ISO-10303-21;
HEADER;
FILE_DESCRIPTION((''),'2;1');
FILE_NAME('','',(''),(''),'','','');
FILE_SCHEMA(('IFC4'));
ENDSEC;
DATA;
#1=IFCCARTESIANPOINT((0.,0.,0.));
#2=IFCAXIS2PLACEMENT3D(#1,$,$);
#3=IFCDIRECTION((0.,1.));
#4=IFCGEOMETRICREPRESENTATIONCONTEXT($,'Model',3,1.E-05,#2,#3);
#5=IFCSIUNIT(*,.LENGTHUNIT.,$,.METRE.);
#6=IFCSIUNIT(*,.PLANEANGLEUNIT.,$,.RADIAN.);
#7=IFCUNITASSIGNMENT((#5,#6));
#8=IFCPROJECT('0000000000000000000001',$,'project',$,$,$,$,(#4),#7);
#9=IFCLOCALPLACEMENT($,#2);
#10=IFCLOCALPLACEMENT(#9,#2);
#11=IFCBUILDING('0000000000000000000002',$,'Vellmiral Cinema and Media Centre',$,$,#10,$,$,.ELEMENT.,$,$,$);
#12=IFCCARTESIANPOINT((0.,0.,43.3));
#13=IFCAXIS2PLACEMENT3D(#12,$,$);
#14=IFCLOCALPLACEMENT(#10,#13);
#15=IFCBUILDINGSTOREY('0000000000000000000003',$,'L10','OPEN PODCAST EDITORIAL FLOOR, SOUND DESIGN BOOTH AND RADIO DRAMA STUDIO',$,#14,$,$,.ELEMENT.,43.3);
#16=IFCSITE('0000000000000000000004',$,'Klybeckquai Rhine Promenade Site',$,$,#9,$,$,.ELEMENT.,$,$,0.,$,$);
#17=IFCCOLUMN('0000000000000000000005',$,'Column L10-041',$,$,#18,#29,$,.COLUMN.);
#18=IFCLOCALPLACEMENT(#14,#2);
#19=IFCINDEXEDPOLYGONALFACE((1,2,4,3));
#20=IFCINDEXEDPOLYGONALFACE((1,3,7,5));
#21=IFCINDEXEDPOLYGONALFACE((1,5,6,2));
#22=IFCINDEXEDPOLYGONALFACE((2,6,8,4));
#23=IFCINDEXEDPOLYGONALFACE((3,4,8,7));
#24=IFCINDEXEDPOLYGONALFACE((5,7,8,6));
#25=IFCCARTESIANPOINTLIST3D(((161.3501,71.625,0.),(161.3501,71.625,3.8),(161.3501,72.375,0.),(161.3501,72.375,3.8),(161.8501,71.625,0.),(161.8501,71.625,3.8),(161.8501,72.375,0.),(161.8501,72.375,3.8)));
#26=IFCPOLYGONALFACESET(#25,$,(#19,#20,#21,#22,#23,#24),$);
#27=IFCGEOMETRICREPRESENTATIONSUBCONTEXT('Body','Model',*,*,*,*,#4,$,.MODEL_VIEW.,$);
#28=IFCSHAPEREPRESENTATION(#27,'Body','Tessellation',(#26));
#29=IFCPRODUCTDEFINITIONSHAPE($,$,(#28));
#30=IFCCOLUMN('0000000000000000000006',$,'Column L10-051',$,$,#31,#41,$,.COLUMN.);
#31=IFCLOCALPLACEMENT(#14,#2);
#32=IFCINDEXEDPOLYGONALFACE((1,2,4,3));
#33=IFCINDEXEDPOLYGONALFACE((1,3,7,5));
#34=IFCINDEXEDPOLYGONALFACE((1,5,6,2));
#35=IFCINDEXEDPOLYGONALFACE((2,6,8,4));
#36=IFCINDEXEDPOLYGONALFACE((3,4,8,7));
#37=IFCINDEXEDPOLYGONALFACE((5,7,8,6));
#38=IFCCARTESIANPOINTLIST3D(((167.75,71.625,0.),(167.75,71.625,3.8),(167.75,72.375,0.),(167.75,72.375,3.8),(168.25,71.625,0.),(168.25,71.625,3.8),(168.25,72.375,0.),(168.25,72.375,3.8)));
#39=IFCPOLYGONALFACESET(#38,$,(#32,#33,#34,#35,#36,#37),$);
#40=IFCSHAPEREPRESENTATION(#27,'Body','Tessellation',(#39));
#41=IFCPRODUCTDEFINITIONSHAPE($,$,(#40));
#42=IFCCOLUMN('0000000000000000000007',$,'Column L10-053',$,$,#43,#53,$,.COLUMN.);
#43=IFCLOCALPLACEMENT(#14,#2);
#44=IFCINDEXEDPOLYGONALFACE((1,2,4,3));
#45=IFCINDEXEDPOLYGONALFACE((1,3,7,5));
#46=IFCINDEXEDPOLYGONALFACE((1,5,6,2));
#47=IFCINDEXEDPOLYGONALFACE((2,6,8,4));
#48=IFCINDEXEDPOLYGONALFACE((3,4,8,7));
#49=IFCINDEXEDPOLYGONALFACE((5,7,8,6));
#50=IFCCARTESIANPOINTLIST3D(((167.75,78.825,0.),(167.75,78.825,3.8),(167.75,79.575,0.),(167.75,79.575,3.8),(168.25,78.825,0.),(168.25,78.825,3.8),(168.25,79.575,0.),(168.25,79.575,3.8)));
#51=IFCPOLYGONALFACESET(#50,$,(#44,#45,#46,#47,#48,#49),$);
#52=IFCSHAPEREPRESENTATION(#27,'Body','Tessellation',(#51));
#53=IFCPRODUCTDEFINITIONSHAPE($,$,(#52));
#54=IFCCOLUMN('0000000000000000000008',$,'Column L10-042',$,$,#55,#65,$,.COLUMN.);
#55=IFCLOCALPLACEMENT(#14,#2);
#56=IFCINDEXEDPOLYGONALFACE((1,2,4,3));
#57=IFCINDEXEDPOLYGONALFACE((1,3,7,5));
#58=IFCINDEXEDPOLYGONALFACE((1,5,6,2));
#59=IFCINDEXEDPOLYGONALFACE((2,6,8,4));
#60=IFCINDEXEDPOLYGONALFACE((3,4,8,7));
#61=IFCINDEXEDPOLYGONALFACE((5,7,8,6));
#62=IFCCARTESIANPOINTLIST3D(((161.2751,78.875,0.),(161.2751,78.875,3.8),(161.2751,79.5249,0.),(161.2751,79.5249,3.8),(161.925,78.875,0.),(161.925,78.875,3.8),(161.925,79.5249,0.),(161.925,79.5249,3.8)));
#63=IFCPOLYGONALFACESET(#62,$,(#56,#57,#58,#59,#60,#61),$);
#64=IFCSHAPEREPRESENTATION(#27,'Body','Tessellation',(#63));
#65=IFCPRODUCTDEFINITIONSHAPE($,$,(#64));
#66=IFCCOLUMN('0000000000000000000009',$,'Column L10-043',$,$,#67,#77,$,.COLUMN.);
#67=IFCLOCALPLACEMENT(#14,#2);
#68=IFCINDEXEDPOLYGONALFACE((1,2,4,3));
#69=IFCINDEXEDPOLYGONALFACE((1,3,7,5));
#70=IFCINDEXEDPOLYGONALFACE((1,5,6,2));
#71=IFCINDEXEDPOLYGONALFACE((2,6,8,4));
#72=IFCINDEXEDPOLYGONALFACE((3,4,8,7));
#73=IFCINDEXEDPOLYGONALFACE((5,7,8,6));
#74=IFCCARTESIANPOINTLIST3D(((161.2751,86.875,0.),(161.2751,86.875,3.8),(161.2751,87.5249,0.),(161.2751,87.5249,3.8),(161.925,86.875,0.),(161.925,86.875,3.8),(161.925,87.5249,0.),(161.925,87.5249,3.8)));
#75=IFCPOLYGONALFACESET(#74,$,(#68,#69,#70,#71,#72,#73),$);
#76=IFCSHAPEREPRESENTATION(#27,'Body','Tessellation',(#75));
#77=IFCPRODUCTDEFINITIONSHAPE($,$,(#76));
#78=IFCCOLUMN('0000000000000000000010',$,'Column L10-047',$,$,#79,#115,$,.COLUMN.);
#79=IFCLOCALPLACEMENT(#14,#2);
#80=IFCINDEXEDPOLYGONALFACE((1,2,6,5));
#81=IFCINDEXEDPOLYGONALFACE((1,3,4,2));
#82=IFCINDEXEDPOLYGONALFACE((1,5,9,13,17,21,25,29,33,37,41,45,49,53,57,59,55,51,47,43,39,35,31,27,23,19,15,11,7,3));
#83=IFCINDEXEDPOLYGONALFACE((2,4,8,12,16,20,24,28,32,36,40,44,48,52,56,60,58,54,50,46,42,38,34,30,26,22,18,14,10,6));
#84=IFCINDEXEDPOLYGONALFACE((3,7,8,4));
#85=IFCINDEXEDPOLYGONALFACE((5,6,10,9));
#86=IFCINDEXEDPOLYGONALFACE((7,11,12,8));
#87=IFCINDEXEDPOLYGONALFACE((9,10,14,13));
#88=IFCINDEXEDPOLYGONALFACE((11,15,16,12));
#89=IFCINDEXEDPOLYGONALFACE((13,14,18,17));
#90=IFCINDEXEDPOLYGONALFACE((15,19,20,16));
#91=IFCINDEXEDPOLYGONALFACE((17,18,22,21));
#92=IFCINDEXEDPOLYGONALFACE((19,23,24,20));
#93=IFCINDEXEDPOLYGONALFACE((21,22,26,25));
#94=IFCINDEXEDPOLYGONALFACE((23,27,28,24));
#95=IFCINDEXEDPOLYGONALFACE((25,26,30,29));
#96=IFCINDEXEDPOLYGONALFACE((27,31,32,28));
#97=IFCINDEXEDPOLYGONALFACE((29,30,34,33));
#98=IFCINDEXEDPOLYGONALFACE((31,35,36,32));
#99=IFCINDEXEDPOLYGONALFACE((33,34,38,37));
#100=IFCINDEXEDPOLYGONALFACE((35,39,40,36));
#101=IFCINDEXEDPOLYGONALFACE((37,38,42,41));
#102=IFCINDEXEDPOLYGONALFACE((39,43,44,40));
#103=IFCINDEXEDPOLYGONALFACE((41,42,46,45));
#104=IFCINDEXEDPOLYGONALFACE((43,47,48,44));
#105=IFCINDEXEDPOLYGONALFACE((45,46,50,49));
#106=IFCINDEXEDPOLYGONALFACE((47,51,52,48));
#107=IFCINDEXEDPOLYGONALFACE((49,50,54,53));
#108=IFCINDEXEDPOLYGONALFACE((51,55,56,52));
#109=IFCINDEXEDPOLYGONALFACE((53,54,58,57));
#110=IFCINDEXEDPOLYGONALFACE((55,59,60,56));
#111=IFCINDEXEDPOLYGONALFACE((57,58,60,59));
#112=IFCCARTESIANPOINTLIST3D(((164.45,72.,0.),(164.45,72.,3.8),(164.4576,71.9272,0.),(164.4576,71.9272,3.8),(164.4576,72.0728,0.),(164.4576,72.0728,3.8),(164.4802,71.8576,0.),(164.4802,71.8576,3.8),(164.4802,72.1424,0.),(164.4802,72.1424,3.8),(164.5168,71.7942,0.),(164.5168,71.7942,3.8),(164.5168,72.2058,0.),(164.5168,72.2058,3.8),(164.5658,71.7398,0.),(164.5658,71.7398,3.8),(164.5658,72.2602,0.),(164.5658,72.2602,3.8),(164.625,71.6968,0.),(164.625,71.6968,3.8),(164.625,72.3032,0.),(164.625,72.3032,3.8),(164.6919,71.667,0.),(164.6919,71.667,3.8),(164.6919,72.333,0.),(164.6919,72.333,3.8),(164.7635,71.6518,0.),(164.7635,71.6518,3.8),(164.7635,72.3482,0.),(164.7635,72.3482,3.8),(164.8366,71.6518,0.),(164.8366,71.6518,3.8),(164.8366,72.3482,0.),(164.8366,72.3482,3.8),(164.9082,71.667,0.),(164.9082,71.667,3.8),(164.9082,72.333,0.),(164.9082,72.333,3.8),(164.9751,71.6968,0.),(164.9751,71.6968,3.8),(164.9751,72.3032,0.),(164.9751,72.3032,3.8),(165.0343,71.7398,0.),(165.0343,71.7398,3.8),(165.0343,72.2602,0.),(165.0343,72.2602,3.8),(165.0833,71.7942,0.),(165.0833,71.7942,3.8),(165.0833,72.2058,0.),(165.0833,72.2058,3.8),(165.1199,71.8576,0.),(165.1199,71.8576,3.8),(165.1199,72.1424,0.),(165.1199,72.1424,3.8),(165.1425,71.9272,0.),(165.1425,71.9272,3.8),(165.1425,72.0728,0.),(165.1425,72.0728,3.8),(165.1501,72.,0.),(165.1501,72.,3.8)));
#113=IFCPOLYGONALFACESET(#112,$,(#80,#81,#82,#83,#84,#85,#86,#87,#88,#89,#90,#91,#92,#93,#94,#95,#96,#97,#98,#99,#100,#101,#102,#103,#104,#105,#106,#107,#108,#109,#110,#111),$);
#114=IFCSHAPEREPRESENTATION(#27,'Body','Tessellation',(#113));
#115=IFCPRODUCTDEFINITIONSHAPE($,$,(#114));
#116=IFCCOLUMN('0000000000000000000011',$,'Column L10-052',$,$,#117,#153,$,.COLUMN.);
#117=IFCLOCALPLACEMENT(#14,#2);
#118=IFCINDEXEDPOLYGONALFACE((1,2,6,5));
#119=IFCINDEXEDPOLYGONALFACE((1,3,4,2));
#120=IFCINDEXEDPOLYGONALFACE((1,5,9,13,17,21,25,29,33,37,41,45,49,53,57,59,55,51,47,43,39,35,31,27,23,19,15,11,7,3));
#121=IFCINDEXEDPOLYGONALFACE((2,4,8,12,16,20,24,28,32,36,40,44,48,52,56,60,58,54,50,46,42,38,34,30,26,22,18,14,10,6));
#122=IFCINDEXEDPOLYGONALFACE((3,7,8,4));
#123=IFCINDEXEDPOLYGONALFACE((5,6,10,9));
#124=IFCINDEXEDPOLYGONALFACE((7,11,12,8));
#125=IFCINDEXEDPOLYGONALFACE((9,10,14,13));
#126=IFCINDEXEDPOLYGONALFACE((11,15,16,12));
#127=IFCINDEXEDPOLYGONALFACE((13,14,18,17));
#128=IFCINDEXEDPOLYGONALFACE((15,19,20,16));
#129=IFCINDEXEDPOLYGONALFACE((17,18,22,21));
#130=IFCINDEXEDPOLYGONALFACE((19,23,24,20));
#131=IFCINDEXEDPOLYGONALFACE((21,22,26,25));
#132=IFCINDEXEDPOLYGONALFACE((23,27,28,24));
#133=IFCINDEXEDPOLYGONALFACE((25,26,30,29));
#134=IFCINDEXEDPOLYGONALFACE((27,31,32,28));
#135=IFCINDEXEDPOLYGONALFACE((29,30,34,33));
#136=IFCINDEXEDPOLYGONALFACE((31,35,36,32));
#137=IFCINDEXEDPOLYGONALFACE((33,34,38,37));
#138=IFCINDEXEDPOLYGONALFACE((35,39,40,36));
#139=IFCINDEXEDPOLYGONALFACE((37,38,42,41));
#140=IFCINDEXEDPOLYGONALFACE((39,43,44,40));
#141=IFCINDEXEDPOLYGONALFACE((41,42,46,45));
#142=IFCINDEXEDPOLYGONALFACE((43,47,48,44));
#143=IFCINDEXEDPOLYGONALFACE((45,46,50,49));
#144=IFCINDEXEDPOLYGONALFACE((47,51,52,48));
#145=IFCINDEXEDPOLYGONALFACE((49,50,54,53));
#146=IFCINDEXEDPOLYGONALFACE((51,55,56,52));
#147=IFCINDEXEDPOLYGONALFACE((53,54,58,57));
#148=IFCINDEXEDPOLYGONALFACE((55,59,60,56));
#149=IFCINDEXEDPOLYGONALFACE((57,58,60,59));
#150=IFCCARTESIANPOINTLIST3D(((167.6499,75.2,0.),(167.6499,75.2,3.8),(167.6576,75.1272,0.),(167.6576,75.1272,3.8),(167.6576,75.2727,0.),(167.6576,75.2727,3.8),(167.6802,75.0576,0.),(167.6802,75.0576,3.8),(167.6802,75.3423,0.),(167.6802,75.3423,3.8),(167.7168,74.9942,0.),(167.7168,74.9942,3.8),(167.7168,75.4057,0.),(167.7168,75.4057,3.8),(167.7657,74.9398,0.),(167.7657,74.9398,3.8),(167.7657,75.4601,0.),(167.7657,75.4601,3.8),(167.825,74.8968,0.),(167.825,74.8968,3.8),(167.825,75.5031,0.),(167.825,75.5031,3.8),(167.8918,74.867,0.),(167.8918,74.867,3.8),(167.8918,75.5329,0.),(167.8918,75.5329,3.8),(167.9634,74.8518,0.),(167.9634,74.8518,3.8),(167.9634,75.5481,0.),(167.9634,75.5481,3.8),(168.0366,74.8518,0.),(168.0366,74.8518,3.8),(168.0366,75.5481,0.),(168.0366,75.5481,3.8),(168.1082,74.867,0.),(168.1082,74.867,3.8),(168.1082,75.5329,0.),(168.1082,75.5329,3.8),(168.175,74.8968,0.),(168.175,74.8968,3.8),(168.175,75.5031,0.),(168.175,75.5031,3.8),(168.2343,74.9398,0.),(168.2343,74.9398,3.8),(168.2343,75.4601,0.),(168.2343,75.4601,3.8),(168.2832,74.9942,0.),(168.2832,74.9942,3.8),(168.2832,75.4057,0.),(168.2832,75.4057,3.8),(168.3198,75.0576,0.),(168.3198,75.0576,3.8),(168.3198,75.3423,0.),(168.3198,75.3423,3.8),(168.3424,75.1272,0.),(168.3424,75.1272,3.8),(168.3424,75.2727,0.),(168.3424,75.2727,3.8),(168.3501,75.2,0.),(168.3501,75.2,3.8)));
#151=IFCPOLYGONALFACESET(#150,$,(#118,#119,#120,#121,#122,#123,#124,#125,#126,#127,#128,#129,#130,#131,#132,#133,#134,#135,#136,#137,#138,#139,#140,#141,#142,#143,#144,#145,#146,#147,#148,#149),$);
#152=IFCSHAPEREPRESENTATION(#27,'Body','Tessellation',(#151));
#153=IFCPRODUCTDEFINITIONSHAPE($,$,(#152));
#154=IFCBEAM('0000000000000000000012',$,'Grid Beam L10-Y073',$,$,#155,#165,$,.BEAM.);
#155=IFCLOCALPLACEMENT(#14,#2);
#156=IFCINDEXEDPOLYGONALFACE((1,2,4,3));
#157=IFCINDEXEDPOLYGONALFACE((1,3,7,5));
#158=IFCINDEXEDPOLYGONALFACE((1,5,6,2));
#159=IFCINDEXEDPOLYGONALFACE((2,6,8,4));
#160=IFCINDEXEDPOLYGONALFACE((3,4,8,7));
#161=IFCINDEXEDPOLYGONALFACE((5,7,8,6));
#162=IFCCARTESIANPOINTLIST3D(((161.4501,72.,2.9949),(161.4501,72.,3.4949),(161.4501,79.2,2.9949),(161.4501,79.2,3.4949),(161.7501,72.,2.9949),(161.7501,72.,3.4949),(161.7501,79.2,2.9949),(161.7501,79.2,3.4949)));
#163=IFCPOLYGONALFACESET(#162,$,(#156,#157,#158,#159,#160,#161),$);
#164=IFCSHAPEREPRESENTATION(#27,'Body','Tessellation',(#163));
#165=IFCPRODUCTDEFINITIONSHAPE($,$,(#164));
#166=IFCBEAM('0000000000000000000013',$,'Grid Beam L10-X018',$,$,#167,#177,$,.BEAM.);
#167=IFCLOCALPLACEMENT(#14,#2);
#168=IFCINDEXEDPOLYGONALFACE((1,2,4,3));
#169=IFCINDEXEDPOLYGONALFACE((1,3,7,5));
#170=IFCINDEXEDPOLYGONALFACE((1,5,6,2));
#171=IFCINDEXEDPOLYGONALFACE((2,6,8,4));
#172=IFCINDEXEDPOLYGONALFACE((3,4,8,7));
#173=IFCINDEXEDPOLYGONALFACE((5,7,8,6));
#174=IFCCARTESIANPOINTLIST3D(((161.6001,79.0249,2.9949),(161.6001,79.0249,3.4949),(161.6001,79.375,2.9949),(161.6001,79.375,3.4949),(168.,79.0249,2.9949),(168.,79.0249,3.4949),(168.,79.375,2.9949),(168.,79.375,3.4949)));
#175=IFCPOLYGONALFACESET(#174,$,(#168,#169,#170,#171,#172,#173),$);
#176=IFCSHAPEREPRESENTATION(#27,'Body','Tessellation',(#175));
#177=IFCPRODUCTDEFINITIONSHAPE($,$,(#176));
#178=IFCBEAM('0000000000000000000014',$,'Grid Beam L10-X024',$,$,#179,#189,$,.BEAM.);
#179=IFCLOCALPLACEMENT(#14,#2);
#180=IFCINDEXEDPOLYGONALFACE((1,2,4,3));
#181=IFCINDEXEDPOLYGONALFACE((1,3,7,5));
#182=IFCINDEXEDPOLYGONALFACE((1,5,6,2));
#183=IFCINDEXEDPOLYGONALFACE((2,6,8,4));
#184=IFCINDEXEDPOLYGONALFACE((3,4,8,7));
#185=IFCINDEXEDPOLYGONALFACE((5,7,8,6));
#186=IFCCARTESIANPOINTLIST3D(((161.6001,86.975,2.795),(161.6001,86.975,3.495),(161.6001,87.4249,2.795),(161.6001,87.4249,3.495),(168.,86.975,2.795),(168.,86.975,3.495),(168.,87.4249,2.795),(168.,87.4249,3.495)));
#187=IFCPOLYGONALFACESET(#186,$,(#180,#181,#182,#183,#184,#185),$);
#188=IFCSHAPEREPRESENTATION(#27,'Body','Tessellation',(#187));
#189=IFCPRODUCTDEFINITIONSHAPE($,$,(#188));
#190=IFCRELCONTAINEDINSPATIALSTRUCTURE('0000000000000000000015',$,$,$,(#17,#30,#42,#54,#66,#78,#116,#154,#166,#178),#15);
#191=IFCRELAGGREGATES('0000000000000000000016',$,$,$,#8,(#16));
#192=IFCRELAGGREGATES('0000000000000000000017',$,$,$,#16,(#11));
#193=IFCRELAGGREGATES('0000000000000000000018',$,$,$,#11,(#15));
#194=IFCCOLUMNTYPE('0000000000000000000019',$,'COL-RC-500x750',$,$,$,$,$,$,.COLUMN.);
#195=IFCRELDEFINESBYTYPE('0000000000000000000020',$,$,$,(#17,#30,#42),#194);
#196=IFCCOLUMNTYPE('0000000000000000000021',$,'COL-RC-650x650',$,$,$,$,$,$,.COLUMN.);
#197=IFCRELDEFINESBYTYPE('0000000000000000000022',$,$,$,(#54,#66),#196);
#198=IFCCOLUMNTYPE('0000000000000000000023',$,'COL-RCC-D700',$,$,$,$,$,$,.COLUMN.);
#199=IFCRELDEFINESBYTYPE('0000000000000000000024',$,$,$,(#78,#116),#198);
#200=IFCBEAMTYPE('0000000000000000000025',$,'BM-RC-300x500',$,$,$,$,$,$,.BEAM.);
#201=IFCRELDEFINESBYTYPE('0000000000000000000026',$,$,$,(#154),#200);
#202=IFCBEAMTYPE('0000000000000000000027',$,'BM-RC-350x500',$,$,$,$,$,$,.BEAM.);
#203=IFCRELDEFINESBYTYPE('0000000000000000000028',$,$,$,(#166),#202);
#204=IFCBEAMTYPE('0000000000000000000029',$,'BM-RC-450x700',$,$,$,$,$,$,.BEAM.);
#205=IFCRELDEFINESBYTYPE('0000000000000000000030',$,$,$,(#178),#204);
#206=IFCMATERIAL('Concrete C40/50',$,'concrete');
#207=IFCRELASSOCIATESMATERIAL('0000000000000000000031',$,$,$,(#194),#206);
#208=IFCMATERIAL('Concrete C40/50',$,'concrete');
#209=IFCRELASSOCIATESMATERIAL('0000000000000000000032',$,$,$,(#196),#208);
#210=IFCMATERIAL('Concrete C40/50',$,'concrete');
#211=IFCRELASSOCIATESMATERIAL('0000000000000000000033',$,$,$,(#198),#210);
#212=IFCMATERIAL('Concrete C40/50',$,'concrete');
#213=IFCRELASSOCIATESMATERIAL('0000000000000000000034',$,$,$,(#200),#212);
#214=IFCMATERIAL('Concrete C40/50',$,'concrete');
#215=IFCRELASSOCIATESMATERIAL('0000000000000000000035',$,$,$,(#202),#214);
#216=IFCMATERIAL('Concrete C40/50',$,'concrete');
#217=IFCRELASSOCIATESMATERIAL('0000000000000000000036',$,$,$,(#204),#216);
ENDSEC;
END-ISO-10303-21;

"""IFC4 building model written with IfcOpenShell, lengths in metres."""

from ifc_helpers import new_model, si_unit, direction, frame, origin, origin_2d, place, context, subcontext, project, spatial, rectangle, circle, extrude, material, material_profile, profile_set, type_object, element, save


model = new_model("IFC4")

# Units and contexts
model_context = context("Model", 3, precision=1e-05, world=origin(), true_north=direction((0.0, 1.0)))
body_context = subcontext(model_context, "Body", "Model", "MODEL_VIEW")
ifc_project = project(units=[si_unit("LENGTHUNIT", "METRE"), si_unit("PLANEANGLEUNIT", "RADIAN")], contexts=[model_context])

# Site, building, storey
site_placement = place(None, origin())
site = spatial("IfcSite", under=ifc_project, at=site_placement, Name="Klybeckquai Rhine Promenade Site", CompositionType="ELEMENT", RefElevation=0.0)
building_placement = place(site_placement, origin())
building = spatial("IfcBuilding", under=site, at=building_placement, Name="Vellmiral Cinema and Media Centre", CompositionType="ELEMENT")
storey_placement = place(building_placement, frame((0.0, 0.0, 43.3)))
storey = spatial("IfcBuildingStorey", under=building, at=storey_placement, Name="L10", Description="OPEN PODCAST EDITORIAL FLOOR, SOUND DESIGN BOOTH AND RADIO DRAMA STUDIO", CompositionType="ELEMENT", Elevation=43.3)

# Columns
ifc_material_1 = material(Name="Concrete C40/50", Category="concrete")
ifc_material_profile_1 = material_profile(ifc_material_1, rectangle(XDim=0.5, YDim=0.75, at=origin_2d()), Name="RC 500x750")
ifc_profile_set_1 = profile_set([ifc_material_profile_1], Name="Concrete C40/50")
column_type_1 = type_object("IfcColumnType", Name="COL-RC-500x750", PredefinedType="COLUMN", material=ifc_profile_set_1)
for number, where, z_axis, x_axis, name in (
    (1, (161.6001, 72.0, 0.0), (0.0, 0.0, 1.0), (1.0, 0.0, 0.0), "Column L10-041"),
    (2, (168.0, 72.0, 0.0), (0.0, 0.0, 1.0), (1.0, 0.0, 0.0), "Column L10-051"),
    (3, (168.0, 79.2, 0.0), (0.0, 0.0, 1.0), (1.0, 0.0, 0.0), "Column L10-053"),
):
    element("IfcColumn", number, at=place(storey_placement, frame(where, z_axis=z_axis, x_axis=x_axis)), inside=storey, type_object=column_type_1, Name=name, PredefinedType="COLUMN", context=body_context, shape_type="SweptSolid", body=[
        extrude(rectangle(XDim=0.5, YDim=0.75, at=origin_2d()), origin(), (0.0, 0.0, 1.0), 3.8),
    ])
ifc_material_2 = material(Name="Concrete C40/50", Category="concrete")
ifc_material_profile_2 = material_profile(ifc_material_2, rectangle(XDim=0.6499, YDim=0.6499, at=origin_2d()), Name="RC 650x650")
ifc_profile_set_2 = profile_set([ifc_material_profile_2], Name="Concrete C40/50")
column_type_2 = type_object("IfcColumnType", Name="COL-RC-650x650", PredefinedType="COLUMN", material=ifc_profile_set_2)
for number, where, z_axis, x_axis, name in (
    (4, (161.6001, 79.2, 0.0), (0.0, 0.0, 1.0), (1.0, 0.0, 0.0), "Column L10-042"),
    (5, (161.6001, 87.2, 0.0), (0.0, 0.0, 1.0), (1.0, 0.0, 0.0), "Column L10-043"),
):
    element("IfcColumn", number, at=place(storey_placement, frame(where, z_axis=z_axis, x_axis=x_axis)), inside=storey, type_object=column_type_2, Name=name, PredefinedType="COLUMN", context=body_context, shape_type="SweptSolid", body=[
        extrude(rectangle(XDim=0.6499, YDim=0.6499, at=origin_2d()), origin(), (0.0, 0.0, 1.0), 3.8),
    ])
ifc_material_3 = material(Name="Concrete C40/50", Category="concrete")
ifc_material_profile_3 = material_profile(ifc_material_3, circle(Radius=0.3501, at=origin_2d()), Name="RC D700")
ifc_profile_set_3 = profile_set([ifc_material_profile_3], Name="Concrete C40/50")
column_type_3 = type_object("IfcColumnType", Name="COL-RCC-D700", PredefinedType="COLUMN", material=ifc_profile_set_3)
for number, where, z_axis, x_axis, name in (
    (6, (164.8, 72.0, 0.0), (0.0, 0.0, 1.0), (1.0, 0.0, 0.0), "Column L10-047"),
    (7, (168.0, 75.2, 0.0), (0.0, 0.0, 1.0), (1.0, 0.0, 0.0), "Column L10-052"),
):
    element("IfcColumn", number, at=place(storey_placement, frame(where, z_axis=z_axis, x_axis=x_axis)), inside=storey, type_object=column_type_3, Name=name, PredefinedType="COLUMN", context=body_context, shape_type="SweptSolid", body=[
        extrude(circle(Radius=0.3501, at=origin_2d()), origin(), (0.0, 0.0, 1.0), 3.8),
    ])

# Beams
ifc_material_4 = material(Name="Concrete C40/50", Category="concrete")
ifc_material_profile_4 = material_profile(ifc_material_4, rectangle(XDim=0.3, YDim=0.5, at=origin_2d()), Name="RC 300x500")
ifc_profile_set_4 = profile_set([ifc_material_profile_4], Name="Concrete C40/50")
beam_type_1 = type_object("IfcBeamType", Name="BM-RC-300x500", PredefinedType="BEAM", material=ifc_profile_set_4)
beam_1_placement = place(storey_placement, frame((161.6001, 72.0, 3.2449), z_axis=(0.0, 1.0, 0.0), x_axis=(-1.0, 0.0, 0.0)))
element("IfcBeam", 8, at=beam_1_placement, inside=storey, type_object=beam_type_1, Name="Grid Beam L10-Y073", PredefinedType="BEAM", context=body_context, shape_type="SweptSolid", body=[
    extrude(rectangle(XDim=0.3, YDim=0.5, at=origin_2d()), origin(), (0.0, 0.0, 1.0), 7.2),
])
ifc_material_5 = material(Name="Concrete C40/50", Category="concrete")
ifc_material_profile_5 = material_profile(ifc_material_5, rectangle(XDim=0.3501, YDim=0.5, at=origin_2d()), Name="RC 350x500")
ifc_profile_set_5 = profile_set([ifc_material_profile_5], Name="Concrete C40/50")
beam_type_2 = type_object("IfcBeamType", Name="BM-RC-350x500", PredefinedType="BEAM", material=ifc_profile_set_5)
beam_2_placement = place(storey_placement, frame((161.6001, 79.2, 3.2449), z_axis=(1.0, 0.0, 0.0), x_axis=(0.0, 1.0, 0.0)))
element("IfcBeam", 9, at=beam_2_placement, inside=storey, type_object=beam_type_2, Name="Grid Beam L10-X018", PredefinedType="BEAM", context=body_context, shape_type="SweptSolid", body=[
    extrude(rectangle(XDim=0.3501, YDim=0.5, at=origin_2d()), origin(), (0.0, 0.0, 1.0), 6.3999),
])
ifc_material_6 = material(Name="Concrete C40/50", Category="concrete")
ifc_material_profile_6 = material_profile(ifc_material_6, rectangle(XDim=0.45, YDim=0.7, at=origin_2d()), Name="RC 450x700")
ifc_profile_set_6 = profile_set([ifc_material_profile_6], Name="Concrete C40/50")
beam_type_3 = type_object("IfcBeamType", Name="BM-RC-450x700", PredefinedType="BEAM", material=ifc_profile_set_6)
beam_3_placement = place(storey_placement, frame((161.6001, 87.2, 3.145), z_axis=(1.0, 0.0, 0.0), x_axis=(0.0, 1.0, 0.0)))
element("IfcBeam", 10, at=beam_3_placement, inside=storey, type_object=beam_type_3, Name="Grid Beam L10-X024", PredefinedType="BEAM", context=body_context, shape_type="SweptSolid", body=[
    extrude(rectangle(XDim=0.45, YDim=0.7, at=origin_2d()), origin(), (0.0, 0.0, 1.0), 6.3999),
])

save(model, "model.ifc")
